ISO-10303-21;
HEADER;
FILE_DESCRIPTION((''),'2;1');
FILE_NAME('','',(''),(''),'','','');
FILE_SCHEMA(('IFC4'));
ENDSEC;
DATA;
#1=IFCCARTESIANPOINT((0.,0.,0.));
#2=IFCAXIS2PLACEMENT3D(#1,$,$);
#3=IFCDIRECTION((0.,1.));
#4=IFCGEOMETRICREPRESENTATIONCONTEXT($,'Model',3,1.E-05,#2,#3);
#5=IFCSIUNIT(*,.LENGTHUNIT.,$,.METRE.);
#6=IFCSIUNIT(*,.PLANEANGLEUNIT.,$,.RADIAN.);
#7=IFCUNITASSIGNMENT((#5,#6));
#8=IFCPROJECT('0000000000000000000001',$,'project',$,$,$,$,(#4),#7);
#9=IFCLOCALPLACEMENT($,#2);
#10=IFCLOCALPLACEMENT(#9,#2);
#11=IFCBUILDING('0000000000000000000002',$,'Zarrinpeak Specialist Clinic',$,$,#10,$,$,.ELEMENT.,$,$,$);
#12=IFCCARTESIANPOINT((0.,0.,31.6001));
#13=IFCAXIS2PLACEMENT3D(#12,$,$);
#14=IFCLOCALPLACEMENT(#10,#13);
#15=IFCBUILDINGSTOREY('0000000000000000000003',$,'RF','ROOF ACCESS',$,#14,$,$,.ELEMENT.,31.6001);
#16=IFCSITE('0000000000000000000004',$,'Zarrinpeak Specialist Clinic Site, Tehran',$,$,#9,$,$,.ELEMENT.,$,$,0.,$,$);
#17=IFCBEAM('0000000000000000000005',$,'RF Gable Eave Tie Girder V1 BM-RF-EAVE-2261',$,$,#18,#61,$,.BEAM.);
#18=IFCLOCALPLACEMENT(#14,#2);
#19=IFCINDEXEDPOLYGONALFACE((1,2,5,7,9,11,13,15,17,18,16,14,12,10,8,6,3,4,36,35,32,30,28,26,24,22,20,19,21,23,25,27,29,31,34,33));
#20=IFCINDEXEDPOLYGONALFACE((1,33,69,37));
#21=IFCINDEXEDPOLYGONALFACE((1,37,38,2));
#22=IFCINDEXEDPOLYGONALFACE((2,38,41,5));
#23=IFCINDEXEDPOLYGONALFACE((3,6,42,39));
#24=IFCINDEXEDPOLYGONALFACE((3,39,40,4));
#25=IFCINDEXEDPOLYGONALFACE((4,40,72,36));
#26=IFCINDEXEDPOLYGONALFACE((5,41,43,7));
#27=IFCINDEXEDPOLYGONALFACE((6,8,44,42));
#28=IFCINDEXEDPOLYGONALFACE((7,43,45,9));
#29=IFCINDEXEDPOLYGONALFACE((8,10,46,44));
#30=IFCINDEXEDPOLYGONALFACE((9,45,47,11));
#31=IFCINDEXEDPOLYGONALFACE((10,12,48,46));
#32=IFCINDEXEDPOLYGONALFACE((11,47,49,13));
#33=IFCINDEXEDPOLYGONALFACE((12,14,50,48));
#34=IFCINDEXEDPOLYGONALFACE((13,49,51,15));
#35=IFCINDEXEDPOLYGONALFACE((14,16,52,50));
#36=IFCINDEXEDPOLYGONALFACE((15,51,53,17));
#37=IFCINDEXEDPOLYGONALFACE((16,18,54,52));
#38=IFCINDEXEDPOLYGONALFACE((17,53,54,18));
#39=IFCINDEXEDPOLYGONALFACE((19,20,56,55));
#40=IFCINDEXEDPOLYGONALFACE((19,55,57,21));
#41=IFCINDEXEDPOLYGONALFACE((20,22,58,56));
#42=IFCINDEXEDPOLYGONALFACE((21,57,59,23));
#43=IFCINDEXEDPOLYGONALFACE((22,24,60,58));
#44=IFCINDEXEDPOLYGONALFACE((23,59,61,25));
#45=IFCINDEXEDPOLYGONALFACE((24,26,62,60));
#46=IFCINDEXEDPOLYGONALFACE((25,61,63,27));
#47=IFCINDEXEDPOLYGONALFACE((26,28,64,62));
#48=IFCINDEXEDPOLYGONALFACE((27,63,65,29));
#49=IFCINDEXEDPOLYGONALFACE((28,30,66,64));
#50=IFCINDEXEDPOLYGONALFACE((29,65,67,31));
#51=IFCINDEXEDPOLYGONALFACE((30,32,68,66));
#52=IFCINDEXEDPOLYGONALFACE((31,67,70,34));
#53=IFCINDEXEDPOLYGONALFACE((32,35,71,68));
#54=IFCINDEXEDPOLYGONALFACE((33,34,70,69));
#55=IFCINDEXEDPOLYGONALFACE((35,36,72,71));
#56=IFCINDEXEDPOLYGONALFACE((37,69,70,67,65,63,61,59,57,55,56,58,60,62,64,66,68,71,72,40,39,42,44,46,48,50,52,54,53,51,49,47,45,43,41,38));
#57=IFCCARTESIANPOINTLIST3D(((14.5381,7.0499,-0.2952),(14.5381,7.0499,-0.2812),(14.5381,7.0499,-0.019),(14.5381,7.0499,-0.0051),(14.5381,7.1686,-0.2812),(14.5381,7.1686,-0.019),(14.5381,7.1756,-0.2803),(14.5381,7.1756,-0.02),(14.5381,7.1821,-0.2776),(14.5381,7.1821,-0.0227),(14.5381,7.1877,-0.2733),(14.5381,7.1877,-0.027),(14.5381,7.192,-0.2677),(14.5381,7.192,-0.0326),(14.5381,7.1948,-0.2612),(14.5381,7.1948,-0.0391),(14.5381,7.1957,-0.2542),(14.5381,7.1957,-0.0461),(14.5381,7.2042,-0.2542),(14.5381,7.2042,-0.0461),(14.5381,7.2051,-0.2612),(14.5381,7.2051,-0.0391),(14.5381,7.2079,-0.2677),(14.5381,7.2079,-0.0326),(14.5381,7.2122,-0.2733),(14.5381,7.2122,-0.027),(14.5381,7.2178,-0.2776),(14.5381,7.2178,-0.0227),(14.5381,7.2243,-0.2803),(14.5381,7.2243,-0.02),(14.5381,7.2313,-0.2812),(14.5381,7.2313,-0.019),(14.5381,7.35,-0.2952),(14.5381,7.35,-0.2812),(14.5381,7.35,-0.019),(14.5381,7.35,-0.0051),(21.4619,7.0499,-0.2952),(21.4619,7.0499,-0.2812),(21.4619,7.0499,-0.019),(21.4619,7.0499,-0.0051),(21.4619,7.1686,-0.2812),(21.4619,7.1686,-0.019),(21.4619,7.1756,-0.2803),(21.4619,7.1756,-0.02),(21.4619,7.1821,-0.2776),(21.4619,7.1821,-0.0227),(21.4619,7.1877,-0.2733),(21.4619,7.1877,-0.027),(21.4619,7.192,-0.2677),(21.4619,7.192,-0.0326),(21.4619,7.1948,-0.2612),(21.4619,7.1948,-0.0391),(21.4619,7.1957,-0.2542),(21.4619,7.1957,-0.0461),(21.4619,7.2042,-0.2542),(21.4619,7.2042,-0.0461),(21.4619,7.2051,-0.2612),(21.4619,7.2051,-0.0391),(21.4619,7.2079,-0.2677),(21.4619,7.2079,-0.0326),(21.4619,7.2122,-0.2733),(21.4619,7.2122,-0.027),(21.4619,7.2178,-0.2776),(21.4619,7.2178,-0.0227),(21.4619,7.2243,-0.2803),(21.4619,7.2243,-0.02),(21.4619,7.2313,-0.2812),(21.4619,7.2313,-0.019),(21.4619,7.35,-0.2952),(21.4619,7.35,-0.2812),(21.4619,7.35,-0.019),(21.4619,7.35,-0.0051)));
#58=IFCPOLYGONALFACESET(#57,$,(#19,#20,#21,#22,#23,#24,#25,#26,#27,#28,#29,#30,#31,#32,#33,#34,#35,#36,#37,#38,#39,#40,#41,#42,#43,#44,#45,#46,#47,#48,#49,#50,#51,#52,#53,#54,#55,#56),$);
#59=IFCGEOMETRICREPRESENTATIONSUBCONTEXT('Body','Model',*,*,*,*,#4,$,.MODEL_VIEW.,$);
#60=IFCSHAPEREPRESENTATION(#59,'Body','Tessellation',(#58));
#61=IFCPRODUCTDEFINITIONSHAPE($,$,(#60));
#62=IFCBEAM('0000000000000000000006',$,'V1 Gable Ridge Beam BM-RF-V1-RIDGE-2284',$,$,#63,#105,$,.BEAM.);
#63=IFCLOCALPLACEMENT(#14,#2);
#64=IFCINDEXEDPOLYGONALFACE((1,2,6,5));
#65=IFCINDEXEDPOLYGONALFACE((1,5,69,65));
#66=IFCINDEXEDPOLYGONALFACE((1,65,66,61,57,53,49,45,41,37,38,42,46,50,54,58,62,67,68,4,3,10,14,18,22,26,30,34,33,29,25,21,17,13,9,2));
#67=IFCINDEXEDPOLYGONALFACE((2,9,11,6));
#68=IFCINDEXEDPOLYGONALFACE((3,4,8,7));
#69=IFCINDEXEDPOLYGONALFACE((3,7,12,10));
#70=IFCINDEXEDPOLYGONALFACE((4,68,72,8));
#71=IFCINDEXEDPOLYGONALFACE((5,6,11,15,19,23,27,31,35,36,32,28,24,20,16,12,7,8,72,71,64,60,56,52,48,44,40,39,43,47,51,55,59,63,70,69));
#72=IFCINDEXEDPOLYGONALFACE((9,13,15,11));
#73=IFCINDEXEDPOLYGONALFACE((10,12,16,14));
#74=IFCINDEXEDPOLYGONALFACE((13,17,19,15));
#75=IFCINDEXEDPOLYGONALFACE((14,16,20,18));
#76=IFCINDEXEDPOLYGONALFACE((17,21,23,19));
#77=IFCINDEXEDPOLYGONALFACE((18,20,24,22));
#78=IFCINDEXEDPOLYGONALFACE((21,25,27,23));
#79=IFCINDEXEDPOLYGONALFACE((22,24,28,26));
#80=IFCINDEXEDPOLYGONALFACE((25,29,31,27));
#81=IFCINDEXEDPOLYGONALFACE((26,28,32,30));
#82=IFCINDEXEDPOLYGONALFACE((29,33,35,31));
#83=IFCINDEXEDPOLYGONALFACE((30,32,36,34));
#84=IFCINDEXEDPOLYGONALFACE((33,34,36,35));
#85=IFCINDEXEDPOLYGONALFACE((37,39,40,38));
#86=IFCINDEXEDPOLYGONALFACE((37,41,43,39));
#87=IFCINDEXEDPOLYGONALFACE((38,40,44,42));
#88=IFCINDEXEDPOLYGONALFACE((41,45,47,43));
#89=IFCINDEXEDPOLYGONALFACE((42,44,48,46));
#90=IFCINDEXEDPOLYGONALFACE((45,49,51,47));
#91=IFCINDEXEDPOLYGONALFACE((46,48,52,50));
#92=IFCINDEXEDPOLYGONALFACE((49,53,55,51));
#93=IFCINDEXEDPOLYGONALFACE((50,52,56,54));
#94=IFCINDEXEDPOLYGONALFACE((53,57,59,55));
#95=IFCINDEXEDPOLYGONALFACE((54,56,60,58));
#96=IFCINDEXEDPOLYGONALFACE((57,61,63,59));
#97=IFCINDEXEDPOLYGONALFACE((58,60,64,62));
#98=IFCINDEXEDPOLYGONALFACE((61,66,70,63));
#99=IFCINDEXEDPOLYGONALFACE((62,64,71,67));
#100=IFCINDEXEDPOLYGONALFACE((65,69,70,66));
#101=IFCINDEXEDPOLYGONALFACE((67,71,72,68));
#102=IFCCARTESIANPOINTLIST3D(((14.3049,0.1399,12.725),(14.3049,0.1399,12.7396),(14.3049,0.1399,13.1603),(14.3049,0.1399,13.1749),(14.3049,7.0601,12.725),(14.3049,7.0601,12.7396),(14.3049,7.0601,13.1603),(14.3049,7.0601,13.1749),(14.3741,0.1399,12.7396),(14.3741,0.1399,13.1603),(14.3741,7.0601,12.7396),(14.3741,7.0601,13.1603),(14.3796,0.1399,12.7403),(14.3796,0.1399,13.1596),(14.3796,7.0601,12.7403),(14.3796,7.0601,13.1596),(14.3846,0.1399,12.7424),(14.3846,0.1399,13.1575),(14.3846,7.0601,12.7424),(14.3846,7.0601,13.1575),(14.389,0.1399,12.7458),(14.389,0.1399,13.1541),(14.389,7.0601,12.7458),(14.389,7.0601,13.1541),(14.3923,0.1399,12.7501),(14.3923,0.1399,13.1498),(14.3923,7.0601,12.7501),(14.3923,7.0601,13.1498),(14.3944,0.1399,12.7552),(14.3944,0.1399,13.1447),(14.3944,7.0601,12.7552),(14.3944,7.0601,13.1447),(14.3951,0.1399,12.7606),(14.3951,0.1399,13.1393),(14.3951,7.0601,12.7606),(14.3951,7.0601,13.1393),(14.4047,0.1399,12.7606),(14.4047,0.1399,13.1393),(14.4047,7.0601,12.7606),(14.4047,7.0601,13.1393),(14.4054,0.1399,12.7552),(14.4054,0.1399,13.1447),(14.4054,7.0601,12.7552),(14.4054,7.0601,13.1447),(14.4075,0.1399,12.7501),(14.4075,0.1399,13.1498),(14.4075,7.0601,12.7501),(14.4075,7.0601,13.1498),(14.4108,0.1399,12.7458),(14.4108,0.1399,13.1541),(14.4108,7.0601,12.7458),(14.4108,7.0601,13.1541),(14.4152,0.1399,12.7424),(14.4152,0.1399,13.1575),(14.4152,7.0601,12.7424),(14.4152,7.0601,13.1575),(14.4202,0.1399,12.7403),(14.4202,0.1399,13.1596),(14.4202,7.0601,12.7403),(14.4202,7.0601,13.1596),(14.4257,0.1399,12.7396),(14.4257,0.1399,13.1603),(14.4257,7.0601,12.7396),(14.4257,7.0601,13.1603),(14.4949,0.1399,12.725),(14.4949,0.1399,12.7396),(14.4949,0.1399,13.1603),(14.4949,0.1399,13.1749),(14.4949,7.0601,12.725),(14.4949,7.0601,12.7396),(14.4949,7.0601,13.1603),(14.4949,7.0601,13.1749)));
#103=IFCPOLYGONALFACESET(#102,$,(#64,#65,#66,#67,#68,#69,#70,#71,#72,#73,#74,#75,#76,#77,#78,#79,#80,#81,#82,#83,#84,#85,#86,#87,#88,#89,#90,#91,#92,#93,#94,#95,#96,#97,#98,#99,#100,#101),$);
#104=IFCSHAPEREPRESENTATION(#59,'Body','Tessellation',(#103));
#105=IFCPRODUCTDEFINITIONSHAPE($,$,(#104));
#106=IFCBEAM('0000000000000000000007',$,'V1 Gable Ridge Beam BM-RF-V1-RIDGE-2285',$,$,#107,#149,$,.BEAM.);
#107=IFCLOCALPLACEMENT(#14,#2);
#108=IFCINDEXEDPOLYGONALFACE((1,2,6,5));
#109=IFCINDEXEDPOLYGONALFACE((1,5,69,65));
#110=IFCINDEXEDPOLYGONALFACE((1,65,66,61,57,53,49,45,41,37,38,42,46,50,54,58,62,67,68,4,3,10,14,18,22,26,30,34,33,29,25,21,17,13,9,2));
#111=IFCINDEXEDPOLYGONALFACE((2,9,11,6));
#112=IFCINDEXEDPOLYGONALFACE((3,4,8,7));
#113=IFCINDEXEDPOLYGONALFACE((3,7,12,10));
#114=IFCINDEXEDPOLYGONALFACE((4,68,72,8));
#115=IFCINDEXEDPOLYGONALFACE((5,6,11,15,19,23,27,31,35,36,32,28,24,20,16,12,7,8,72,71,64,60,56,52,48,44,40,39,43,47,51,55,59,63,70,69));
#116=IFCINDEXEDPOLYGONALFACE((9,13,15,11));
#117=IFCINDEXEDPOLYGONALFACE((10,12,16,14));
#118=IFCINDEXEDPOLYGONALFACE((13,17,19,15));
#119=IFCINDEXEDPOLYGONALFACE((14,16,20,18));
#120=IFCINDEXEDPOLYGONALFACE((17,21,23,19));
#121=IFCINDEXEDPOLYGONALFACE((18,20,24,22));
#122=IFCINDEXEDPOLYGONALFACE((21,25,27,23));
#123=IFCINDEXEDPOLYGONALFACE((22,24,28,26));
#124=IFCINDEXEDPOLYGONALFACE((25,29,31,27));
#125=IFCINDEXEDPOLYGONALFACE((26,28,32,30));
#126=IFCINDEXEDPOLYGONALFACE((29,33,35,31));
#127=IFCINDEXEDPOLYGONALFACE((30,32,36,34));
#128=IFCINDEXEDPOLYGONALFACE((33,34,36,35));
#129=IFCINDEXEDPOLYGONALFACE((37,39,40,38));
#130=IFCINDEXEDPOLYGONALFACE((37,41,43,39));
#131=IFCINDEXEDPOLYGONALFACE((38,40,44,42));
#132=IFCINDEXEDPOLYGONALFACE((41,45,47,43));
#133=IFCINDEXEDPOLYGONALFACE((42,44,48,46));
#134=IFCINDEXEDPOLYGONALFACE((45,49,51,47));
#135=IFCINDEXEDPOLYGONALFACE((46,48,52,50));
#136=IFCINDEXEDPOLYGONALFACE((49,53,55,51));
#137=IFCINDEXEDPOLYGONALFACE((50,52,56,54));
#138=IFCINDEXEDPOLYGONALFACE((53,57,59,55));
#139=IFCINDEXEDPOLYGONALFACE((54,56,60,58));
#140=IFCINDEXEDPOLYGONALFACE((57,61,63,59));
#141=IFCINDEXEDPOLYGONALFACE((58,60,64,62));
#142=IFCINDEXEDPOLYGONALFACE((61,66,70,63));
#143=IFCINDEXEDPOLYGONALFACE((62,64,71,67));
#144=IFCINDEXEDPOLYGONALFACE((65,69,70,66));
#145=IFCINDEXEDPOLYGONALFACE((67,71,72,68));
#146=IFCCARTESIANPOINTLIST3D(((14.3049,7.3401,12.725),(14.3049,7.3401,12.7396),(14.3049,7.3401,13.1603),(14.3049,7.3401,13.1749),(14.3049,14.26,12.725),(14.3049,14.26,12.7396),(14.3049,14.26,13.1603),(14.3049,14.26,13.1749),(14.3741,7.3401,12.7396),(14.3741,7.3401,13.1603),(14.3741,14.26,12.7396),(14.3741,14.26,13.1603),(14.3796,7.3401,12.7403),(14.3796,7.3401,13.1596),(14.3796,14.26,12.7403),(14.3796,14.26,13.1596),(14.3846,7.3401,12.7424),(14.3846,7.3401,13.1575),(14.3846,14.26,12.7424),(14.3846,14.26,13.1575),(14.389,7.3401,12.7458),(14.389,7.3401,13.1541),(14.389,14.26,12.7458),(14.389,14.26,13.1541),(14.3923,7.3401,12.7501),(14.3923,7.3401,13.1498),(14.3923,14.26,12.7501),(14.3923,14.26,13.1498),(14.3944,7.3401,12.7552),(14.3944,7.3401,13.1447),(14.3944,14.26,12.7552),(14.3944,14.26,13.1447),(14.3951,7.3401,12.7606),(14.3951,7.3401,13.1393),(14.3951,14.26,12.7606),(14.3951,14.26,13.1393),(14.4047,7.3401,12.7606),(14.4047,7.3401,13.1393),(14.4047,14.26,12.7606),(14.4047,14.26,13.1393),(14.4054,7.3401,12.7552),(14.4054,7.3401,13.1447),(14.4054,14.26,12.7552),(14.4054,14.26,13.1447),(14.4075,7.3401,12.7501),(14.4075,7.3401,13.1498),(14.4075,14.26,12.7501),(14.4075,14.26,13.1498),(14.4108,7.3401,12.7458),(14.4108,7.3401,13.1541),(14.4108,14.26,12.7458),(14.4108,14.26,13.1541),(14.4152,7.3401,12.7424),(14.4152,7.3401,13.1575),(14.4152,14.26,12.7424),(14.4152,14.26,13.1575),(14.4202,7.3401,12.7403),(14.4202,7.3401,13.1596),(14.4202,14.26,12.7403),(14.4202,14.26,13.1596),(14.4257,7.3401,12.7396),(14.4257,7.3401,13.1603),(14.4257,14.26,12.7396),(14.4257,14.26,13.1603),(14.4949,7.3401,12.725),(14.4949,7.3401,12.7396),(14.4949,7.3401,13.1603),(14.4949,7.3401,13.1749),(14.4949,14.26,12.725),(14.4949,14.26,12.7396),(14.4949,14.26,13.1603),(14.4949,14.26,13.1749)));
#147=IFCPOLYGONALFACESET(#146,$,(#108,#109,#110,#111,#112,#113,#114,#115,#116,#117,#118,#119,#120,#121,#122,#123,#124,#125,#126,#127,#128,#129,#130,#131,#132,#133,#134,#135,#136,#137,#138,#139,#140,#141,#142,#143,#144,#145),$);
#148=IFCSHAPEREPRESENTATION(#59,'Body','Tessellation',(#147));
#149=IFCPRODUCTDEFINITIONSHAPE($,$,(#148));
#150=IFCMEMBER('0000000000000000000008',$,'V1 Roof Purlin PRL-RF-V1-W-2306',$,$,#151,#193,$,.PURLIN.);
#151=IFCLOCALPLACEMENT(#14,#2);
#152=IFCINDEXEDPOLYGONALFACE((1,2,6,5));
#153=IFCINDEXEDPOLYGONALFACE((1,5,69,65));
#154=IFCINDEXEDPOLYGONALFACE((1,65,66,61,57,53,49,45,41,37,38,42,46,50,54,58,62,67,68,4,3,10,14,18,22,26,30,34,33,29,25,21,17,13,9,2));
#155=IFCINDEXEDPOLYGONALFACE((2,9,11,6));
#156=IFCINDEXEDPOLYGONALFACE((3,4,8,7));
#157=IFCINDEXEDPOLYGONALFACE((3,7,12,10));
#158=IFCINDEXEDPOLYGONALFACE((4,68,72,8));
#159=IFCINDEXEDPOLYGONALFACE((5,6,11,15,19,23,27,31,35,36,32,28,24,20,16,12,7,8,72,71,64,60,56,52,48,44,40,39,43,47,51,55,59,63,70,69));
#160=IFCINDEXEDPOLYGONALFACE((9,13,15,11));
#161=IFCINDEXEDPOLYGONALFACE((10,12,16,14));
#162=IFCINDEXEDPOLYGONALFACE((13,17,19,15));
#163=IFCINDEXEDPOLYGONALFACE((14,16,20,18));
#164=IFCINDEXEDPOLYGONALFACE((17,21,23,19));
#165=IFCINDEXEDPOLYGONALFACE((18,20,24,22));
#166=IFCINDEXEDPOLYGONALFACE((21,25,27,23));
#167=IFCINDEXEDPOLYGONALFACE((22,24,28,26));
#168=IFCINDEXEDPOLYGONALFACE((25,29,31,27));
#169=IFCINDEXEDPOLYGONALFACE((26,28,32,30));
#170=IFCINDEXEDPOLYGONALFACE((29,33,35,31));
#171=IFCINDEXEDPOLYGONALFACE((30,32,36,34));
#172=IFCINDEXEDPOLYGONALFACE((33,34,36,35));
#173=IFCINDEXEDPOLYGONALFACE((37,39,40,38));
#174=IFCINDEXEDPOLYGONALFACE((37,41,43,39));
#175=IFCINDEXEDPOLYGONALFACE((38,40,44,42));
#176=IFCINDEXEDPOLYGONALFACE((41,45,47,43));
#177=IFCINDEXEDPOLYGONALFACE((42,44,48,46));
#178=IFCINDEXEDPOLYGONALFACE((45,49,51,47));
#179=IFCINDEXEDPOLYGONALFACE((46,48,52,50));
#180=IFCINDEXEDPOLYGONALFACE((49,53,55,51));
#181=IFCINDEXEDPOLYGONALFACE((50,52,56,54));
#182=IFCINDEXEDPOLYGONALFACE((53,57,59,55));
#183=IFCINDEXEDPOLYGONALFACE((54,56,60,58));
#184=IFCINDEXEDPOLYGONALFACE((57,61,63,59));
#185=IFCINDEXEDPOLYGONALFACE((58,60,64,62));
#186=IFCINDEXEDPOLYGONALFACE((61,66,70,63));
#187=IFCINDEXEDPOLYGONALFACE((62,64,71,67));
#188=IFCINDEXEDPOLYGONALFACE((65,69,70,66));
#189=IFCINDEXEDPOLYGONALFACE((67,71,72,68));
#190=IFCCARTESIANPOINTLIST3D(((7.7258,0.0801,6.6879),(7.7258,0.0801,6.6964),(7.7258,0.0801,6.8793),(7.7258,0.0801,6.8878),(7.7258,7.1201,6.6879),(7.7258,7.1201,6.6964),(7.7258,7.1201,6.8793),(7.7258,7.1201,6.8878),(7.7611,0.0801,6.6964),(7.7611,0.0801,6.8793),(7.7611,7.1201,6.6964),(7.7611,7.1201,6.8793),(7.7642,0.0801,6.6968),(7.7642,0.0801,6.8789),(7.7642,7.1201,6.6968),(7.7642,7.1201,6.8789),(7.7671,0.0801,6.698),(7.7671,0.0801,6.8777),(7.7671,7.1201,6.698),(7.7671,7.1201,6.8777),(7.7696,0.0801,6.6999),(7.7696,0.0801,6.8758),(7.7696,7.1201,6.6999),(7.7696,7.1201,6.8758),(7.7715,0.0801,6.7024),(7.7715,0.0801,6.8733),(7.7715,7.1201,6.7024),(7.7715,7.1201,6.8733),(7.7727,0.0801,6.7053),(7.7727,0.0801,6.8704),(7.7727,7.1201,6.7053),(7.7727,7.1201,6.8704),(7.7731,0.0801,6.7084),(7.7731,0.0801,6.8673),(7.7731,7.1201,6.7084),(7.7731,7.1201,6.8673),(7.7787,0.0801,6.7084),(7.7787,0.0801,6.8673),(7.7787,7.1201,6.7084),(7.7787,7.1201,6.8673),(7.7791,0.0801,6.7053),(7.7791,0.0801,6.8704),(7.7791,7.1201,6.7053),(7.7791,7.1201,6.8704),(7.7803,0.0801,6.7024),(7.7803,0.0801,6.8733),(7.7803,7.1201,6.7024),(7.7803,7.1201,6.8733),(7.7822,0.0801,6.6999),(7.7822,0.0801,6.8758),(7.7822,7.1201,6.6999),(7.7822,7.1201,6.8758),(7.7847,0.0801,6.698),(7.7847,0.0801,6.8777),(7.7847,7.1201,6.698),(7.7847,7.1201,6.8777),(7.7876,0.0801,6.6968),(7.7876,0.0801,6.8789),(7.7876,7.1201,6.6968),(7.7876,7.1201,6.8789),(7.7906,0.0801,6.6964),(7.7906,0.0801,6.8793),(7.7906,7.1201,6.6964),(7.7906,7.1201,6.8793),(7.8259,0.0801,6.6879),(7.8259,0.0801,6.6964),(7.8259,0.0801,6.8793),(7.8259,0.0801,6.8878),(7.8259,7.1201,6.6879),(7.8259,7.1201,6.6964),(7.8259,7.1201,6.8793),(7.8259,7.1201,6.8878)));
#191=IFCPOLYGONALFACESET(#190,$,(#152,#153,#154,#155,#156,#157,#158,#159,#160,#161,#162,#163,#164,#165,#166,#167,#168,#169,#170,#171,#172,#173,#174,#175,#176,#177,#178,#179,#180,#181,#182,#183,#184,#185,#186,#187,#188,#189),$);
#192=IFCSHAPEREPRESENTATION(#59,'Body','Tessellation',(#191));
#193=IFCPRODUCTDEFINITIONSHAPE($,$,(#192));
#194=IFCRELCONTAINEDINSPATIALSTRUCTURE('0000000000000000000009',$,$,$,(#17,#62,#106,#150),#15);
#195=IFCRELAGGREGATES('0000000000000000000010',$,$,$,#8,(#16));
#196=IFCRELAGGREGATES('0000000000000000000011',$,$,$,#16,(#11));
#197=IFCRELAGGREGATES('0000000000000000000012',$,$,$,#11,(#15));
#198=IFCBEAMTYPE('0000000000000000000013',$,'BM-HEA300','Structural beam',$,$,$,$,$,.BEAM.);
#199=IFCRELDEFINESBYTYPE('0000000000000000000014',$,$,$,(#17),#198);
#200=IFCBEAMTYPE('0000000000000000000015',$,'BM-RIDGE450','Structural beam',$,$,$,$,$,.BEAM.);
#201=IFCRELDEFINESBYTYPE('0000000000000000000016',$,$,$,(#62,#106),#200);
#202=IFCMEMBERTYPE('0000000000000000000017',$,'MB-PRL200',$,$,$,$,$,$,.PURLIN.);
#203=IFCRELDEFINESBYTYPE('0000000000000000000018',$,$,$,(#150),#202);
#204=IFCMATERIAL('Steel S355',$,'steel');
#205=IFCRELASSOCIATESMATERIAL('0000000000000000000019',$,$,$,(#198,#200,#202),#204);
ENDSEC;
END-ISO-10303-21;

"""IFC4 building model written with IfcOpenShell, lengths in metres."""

from ifc_helpers import new_model, si_unit, direction, frame, origin, origin_2d, place, context, subcontext, project, spatial, i_section, extrude, material, material_profile, profile_set, type_object, element, save


model = new_model("IFC4")

# Units and contexts
model_context = context("Model", 3, precision=1e-05, world=origin(), true_north=direction((0.0, 1.0)))
body_context = subcontext(model_context, "Body", "Model", "MODEL_VIEW")
ifc_project = project(units=[si_unit("LENGTHUNIT", "METRE"), si_unit("PLANEANGLEUNIT", "RADIAN")], contexts=[model_context])

# Site, building, storey
site_placement = place(None, origin())
site = spatial("IfcSite", under=ifc_project, at=site_placement, Name="Zarrinpeak Specialist Clinic Site, Tehran", CompositionType="ELEMENT", RefElevation=0.0)
building_placement = place(site_placement, origin())
building = spatial("IfcBuilding", under=site, at=building_placement, Name="Zarrinpeak Specialist Clinic", CompositionType="ELEMENT")
storey_placement = place(building_placement, frame((0.0, 0.0, 31.6001)))
storey = spatial("IfcBuildingStorey", under=building, at=storey_placement, Name="RF", Description="ROOF ACCESS", CompositionType="ELEMENT", Elevation=31.6001)

# Shared definitions
ifc_material_1 = material(Name="Steel S355", Category="steel")

# Beams
ifc_material_profile_1 = material_profile(ifc_material_1, i_section(OverallWidth=0.3, OverallDepth=0.29, WebThickness=0.0085, FlangeThickness=0.0139, FilletRadius=0.0271, at=origin_2d()), Name="HEA 300")
ifc_profile_set_1 = profile_set([ifc_material_profile_1], Name="Steel S355")
beam_type_1 = type_object("IfcBeamType", Name="BM-HEA300", Description="Structural beam", PredefinedType="BEAM", material=ifc_profile_set_1)
for number, where, z_axis, x_axis, name in (
    (1, (14.5381, 7.2, -0.1501), (1.0, 0.0, 0.0), (0.0, 1.0, 0.0), "RF Gable Eave Tie Girder V1 BM-RF-EAVE-2261"),
):
    element("IfcBeam", number, at=place(storey_placement, frame(where, z_axis=z_axis, x_axis=x_axis)), inside=storey, type_object=beam_type_1, Name=name, PredefinedType="BEAM", context=body_context, shape_type="SweptSolid", body=[
        extrude(i_section(OverallWidth=0.3, OverallDepth=0.29, WebThickness=0.0085, FlangeThickness=0.0139, FilletRadius=0.0271, at=origin_2d()), origin(), (0.0, 0.0, 1.0), 6.9238),
    ])
ifc_material_profile_2 = material_profile(ifc_material_1, i_section(OverallWidth=0.1899, OverallDepth=0.45, WebThickness=0.0095, FlangeThickness=0.0146, FilletRadius=0.021, at=origin_2d()), Name="IPE 450")
ifc_profile_set_2 = profile_set([ifc_material_profile_2], Name="Steel S355")
beam_type_2 = type_object("IfcBeamType", Name="BM-RIDGE450", Description="Structural beam", PredefinedType="BEAM", material=ifc_profile_set_2)
beam_1_placement = place(storey_placement, frame((14.3999, 0.1399, 12.95), z_axis=(0.0, 1.0, 0.0), x_axis=(-1.0, 0.0, 0.0)))
element("IfcBeam", 2, at=beam_1_placement, inside=storey, type_object=beam_type_2, Name="V1 Gable Ridge Beam BM-RF-V1-RIDGE-2284", PredefinedType="BEAM", context=body_context, shape_type="SweptSolid", body=[
    extrude(i_section(OverallWidth=0.1899, OverallDepth=0.45, WebThickness=0.0095, FlangeThickness=0.0146, FilletRadius=0.021, at=origin_2d()), origin(), (0.0, 0.0, 1.0), 6.9202),
])
beam_2_placement = place(storey_placement, frame((14.3999, 7.3401, 12.95), z_axis=(0.0, 1.0, 0.0), x_axis=(-1.0, 0.0, 0.0)))
element("IfcBeam", 3, at=beam_2_placement, inside=storey, type_object=beam_type_2, Name="V1 Gable Ridge Beam BM-RF-V1-RIDGE-2285", PredefinedType="BEAM", context=body_context, shape_type="SweptSolid", body=[
    extrude(i_section(OverallWidth=0.1899, OverallDepth=0.45, WebThickness=0.0095, FlangeThickness=0.0146, FilletRadius=0.021, at=origin_2d()), origin(), (0.0, 0.0, 1.0), 6.9199),
])

# Member
ifc_material_profile_3 = material_profile(ifc_material_1, i_section(OverallWidth=0.1001, OverallDepth=0.2, WebThickness=0.0056, FlangeThickness=0.0085, FilletRadius=0.012, at=origin_2d()), Name="IPE 200")
ifc_profile_set_3 = profile_set([ifc_material_profile_3], Name="Steel S355")
member_type = type_object("IfcMemberType", Name="MB-PRL200", PredefinedType="PURLIN", material=ifc_profile_set_3)
for number, where, z_axis, x_axis, name in (
    (4, (7.7759, 0.0801, 6.7878), (0.0, 1.0, 0.0), (-1.0, 0.0, 0.0), "V1 Roof Purlin PRL-RF-V1-W-2306"),
):
    element("IfcMember", number, at=place(storey_placement, frame(where, z_axis=z_axis, x_axis=x_axis)), inside=storey, type_object=member_type, Name=name, PredefinedType="PURLIN", context=body_context, shape_type="SweptSolid", body=[
        extrude(i_section(OverallWidth=0.1001, OverallDepth=0.2, WebThickness=0.0056, FlangeThickness=0.0085, FilletRadius=0.012, at=origin_2d()), origin(), (0.0, 0.0, 1.0), 7.04),
    ])

save(model, "model.ifc")
